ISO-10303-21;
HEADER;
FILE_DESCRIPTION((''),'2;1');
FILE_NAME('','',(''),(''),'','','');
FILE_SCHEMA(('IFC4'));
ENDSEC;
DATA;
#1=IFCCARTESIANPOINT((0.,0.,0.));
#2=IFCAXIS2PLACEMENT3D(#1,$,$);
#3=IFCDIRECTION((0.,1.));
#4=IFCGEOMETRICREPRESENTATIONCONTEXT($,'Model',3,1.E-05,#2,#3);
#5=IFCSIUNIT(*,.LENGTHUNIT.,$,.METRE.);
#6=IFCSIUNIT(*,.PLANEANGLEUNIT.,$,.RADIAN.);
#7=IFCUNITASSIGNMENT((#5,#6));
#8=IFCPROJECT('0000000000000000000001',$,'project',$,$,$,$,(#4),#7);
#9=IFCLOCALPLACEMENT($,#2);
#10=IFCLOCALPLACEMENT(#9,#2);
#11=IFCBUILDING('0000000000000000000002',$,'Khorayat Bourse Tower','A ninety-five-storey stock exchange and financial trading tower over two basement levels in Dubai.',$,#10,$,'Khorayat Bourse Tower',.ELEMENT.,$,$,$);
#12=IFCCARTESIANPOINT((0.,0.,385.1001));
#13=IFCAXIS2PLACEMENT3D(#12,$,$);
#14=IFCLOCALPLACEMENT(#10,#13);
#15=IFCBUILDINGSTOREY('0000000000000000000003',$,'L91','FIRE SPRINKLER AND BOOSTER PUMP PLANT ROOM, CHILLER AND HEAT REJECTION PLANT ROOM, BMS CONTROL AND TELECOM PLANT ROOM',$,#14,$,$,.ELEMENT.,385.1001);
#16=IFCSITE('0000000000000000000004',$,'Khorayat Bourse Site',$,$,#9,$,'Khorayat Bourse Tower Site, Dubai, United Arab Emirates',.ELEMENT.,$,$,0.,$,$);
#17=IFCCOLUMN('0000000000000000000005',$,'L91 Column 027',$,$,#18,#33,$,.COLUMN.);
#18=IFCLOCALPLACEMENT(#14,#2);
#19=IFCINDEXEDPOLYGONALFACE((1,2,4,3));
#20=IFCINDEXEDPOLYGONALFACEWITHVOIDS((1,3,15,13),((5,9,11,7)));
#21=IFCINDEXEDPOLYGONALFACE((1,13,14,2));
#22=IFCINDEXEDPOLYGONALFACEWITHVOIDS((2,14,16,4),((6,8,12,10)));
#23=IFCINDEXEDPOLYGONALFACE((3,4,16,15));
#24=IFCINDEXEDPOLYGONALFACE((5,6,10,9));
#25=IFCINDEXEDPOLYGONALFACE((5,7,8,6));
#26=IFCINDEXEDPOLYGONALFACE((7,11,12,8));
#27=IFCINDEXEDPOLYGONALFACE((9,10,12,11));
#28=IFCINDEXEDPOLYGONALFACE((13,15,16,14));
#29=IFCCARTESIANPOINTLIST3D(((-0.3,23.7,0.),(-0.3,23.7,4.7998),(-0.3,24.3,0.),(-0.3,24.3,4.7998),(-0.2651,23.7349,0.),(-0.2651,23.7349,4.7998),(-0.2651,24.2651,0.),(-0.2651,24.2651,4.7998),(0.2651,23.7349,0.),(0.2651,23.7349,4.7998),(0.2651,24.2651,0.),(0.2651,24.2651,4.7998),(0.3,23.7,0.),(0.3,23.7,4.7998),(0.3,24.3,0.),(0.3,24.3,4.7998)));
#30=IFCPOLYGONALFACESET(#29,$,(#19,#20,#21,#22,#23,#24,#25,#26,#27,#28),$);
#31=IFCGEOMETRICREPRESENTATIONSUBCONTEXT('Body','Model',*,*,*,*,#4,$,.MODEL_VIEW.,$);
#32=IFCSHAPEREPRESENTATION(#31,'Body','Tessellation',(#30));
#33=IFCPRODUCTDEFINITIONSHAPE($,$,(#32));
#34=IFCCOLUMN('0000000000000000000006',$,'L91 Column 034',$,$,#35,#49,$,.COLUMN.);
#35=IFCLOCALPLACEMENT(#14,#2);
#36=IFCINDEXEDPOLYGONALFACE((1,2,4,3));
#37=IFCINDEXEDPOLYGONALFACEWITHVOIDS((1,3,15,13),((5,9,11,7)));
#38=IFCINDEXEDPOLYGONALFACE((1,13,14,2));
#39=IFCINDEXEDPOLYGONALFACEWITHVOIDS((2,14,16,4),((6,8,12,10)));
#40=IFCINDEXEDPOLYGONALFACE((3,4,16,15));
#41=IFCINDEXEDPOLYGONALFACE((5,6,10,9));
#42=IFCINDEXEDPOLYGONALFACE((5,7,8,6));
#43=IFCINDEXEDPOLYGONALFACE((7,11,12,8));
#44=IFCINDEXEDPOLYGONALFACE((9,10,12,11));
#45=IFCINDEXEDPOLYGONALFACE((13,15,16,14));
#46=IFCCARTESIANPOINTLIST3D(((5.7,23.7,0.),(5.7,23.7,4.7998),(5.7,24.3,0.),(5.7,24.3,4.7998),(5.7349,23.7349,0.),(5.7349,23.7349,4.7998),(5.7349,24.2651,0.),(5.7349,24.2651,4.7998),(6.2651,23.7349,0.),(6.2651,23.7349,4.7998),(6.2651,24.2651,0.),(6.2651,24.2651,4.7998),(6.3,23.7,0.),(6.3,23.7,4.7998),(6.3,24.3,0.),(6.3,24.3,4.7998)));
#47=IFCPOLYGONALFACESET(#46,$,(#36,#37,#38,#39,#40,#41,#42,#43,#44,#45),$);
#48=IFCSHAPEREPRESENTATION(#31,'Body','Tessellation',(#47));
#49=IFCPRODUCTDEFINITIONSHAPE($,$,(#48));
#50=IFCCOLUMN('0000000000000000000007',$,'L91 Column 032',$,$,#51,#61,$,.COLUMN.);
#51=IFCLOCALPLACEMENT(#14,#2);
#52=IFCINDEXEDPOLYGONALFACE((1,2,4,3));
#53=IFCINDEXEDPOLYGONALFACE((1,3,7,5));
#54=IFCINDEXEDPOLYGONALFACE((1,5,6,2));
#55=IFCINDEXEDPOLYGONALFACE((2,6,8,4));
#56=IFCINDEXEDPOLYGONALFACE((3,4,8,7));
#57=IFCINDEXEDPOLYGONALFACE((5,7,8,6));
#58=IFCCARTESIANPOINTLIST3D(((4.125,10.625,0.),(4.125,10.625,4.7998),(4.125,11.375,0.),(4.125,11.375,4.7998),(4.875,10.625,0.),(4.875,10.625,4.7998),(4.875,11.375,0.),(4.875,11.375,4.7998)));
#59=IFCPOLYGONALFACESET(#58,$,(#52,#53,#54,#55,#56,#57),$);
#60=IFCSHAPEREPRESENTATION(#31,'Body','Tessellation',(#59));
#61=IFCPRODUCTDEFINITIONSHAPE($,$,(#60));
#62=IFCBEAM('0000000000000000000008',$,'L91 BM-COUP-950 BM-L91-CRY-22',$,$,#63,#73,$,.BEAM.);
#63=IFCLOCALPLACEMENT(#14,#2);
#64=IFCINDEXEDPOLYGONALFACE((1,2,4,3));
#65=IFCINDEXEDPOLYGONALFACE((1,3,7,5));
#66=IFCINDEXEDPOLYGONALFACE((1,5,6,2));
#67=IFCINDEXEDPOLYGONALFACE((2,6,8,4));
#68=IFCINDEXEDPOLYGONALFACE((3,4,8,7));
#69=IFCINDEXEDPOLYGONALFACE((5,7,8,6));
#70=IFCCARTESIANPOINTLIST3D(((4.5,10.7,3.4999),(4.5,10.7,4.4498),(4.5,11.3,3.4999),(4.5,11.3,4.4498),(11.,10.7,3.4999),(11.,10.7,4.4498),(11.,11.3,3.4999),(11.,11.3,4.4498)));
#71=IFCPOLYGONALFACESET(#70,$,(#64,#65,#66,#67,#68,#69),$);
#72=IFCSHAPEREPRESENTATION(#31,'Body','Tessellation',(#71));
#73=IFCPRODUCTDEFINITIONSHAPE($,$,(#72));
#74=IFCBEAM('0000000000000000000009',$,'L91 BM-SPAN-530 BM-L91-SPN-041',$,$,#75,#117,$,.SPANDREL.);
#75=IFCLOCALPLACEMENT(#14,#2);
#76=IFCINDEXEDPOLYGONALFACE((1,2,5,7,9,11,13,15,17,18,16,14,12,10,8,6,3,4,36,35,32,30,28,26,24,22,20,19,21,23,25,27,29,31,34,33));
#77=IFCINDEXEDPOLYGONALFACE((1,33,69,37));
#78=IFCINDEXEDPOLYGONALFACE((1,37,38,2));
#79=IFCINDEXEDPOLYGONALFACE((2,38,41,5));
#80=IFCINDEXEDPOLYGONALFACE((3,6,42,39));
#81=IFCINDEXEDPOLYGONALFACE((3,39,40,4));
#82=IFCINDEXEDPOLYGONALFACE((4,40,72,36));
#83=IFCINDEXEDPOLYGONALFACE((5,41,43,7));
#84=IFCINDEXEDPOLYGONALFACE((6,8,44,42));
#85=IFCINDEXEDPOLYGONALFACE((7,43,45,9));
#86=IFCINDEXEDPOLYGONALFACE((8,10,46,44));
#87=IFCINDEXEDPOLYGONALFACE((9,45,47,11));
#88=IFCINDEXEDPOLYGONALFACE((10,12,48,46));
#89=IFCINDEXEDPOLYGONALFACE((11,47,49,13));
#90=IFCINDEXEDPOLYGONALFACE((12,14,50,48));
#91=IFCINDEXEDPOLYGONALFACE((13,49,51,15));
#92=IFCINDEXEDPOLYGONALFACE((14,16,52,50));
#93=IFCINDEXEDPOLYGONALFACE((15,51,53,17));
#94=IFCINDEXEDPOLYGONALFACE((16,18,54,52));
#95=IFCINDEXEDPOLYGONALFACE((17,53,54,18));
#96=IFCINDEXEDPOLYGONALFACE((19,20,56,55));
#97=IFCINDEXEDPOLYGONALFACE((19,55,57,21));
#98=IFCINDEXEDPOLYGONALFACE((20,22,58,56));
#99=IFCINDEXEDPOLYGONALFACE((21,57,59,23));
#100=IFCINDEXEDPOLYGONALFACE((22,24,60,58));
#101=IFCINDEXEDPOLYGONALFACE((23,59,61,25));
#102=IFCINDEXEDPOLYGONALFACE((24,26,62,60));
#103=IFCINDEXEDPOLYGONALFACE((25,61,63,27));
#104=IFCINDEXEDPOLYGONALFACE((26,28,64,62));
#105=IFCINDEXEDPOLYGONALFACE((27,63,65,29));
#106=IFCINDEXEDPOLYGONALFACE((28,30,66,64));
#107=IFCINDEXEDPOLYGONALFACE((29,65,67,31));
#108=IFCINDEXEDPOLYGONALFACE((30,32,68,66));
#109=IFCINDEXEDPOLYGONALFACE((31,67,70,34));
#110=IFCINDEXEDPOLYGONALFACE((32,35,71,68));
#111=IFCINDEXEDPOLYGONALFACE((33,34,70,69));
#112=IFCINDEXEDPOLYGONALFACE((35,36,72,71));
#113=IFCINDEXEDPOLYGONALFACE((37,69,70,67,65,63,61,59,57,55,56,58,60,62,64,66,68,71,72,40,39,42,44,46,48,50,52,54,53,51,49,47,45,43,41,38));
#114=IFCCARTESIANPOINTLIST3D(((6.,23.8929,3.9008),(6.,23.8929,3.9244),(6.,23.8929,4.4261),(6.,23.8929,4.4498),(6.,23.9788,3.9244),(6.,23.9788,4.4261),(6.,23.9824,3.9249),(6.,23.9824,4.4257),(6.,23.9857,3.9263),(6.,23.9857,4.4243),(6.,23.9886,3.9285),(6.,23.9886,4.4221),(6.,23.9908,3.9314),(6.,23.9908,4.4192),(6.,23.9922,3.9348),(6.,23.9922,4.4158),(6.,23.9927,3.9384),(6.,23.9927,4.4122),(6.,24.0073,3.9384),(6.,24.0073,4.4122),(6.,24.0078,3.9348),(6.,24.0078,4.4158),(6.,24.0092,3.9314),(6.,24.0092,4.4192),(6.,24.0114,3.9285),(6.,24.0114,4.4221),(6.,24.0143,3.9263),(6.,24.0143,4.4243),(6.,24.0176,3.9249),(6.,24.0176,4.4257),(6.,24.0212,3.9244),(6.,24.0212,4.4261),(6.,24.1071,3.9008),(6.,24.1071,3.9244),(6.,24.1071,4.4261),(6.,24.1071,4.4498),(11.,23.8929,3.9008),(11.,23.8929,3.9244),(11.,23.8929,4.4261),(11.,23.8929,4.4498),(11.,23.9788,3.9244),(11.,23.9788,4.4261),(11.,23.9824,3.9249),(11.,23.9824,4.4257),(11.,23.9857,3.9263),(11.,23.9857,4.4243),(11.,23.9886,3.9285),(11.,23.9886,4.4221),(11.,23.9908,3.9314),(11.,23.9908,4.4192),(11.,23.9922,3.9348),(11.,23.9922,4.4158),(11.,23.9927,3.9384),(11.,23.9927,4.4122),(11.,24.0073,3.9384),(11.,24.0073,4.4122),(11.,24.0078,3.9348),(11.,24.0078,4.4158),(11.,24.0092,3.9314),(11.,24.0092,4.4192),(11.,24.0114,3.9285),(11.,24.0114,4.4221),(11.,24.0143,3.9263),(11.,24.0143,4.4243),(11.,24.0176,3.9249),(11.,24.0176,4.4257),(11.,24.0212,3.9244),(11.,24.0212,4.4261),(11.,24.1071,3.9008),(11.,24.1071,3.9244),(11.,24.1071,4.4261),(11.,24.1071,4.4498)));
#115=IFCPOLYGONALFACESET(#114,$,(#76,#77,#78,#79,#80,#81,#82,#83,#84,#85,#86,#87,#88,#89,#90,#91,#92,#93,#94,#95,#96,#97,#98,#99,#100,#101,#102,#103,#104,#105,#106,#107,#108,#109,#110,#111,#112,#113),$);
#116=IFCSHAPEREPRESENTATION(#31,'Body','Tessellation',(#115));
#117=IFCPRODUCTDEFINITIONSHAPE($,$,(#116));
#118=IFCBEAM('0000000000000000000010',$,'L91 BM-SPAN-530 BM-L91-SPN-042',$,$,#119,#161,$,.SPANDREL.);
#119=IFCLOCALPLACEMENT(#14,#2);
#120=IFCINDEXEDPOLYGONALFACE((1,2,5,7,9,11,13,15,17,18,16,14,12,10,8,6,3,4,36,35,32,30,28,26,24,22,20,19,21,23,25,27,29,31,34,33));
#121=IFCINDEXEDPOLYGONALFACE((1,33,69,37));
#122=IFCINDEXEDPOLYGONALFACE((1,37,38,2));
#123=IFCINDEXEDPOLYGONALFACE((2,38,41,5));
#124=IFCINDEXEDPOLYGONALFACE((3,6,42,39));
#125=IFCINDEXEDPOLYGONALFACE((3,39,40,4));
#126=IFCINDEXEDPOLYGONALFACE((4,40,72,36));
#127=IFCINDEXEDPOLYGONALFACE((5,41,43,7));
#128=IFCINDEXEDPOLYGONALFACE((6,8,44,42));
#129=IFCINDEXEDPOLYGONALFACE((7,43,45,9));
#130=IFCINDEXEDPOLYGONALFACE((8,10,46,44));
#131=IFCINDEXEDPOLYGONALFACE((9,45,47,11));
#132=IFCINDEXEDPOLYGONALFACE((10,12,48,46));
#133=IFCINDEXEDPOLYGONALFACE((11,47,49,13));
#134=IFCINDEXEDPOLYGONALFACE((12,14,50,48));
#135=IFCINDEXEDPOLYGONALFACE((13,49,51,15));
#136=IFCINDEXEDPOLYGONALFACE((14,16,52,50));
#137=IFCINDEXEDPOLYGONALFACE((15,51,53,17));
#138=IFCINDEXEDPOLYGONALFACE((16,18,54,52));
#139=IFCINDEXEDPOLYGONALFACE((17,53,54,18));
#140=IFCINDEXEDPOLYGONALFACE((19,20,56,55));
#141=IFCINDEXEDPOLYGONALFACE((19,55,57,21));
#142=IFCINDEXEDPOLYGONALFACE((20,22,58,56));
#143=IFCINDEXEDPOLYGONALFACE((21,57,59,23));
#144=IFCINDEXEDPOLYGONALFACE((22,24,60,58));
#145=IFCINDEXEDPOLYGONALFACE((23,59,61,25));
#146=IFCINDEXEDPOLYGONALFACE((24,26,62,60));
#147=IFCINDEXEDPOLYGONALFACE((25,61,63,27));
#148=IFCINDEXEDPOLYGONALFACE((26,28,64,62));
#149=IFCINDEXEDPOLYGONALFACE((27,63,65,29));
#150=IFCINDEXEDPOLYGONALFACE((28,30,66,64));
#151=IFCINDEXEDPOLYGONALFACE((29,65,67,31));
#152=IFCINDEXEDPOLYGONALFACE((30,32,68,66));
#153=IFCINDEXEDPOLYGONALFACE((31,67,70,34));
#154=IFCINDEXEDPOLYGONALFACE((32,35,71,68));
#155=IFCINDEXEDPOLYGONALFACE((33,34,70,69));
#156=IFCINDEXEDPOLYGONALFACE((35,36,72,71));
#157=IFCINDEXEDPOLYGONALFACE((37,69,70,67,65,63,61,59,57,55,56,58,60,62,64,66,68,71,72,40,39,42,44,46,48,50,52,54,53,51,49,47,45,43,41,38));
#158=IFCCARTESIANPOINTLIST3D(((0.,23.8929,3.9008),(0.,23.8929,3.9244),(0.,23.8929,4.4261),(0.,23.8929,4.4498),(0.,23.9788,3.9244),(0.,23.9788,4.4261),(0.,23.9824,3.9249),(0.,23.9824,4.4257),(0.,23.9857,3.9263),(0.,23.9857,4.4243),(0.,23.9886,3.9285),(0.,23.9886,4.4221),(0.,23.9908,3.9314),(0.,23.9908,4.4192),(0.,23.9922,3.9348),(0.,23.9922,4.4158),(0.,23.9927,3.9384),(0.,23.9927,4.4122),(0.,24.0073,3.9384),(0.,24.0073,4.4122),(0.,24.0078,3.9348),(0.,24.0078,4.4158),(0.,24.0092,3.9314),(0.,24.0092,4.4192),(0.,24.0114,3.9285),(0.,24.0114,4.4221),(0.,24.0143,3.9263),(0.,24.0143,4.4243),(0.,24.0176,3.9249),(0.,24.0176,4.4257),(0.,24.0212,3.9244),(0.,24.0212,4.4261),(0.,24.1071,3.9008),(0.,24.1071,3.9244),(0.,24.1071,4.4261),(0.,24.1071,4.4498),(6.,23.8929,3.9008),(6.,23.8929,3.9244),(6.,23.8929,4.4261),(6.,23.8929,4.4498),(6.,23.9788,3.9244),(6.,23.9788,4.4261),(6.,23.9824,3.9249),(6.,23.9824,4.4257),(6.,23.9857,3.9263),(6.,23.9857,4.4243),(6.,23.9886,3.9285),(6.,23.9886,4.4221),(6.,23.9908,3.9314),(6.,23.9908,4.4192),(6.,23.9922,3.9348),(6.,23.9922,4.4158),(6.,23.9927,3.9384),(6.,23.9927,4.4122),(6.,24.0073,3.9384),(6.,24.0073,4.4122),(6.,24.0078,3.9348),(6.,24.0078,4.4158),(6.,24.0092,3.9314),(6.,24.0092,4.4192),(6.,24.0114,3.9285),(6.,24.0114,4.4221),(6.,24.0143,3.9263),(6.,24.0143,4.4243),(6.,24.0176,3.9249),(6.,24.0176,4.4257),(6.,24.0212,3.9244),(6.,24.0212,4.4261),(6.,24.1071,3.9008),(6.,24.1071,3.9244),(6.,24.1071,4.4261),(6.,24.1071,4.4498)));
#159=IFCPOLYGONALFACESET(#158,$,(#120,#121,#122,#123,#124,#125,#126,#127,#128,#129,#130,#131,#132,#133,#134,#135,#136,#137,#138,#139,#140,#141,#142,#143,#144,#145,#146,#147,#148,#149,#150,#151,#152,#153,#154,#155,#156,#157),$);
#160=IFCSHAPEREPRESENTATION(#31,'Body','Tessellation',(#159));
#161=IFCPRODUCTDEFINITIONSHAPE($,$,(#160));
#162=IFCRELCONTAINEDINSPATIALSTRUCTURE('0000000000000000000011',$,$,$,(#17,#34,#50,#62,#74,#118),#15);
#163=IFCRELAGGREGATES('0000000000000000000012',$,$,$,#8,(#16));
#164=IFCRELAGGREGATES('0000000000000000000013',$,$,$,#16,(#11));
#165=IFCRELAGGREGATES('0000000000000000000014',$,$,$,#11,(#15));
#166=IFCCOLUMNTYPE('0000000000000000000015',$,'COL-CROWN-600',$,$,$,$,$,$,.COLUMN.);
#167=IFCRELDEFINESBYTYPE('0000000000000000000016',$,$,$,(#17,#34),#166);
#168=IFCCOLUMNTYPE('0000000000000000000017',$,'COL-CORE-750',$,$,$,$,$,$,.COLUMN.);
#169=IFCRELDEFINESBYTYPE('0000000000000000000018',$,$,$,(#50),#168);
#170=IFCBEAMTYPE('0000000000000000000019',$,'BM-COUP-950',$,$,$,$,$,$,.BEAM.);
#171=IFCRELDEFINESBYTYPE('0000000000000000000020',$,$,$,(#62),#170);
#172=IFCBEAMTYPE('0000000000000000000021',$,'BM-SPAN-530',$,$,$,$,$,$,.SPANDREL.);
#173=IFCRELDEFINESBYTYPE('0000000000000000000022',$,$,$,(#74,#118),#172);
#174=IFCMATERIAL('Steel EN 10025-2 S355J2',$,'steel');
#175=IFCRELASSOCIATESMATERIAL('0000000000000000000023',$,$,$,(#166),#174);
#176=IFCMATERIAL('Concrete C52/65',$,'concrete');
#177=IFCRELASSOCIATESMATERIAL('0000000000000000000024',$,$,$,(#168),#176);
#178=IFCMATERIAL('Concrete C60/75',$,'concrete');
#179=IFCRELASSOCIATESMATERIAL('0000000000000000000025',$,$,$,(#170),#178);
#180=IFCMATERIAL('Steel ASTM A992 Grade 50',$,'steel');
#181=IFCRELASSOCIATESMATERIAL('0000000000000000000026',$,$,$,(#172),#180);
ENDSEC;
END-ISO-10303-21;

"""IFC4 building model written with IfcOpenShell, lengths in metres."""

from ifc_helpers import new_model, si_unit, direction, frame, origin, origin_2d, place, context, subcontext, project, spatial, rectangle, hollow_rectangle, i_section, extrude, source, transform, mapped, material, material_profile, profile_set, type_object, element, save


model = new_model("IFC4")

# Units and contexts
model_context = context("Model", 3, precision=1e-05, world=origin(), true_north=direction((0.0, 1.0)))
body_context = subcontext(model_context, "Body", "Model", "MODEL_VIEW")
ifc_project = project(units=[si_unit("LENGTHUNIT", "METRE"), si_unit("PLANEANGLEUNIT", "RADIAN")], contexts=[model_context])

# Site, building, storey
site_placement = place(None, origin())
site = spatial("IfcSite", under=ifc_project, at=site_placement, Name="Khorayat Bourse Site", LongName="Khorayat Bourse Tower Site, Dubai, United Arab Emirates", CompositionType="ELEMENT", RefElevation=0.0)
building_placement = place(site_placement, origin())
building = spatial("IfcBuilding", under=site, at=building_placement, Name="Khorayat Bourse Tower", Description="A ninety-five-storey stock exchange and financial trading tower over two basement levels in Dubai.", LongName="Khorayat Bourse Tower", CompositionType="ELEMENT")
storey_placement = place(building_placement, frame((0.0, 0.0, 385.1001)))
storey = spatial("IfcBuildingStorey", under=building, at=storey_placement, Name="L91", Description="FIRE SPRINKLER AND BOOSTER PUMP PLANT ROOM, CHILLER AND HEAT REJECTION PLANT ROOM, BMS CONTROL AND TELECOM PLANT ROOM", CompositionType="ELEMENT", Elevation=385.1001)

# Columns
ifc_material_1 = material(Name="Steel EN 10025-2 S355J2", Category="steel")
ifc_material_profile_1 = material_profile(ifc_material_1, hollow_rectangle(XDim=0.6001, YDim=0.6001, WallThickness=0.0349, at=origin_2d()), Name="BOX 600x600x35")
ifc_profile_set_1 = profile_set([ifc_material_profile_1], Name="Steel EN 10025-2 S355J2")
column_type_1 = type_object("IfcColumnType", Name="COL-CROWN-600", PredefinedType="COLUMN", material=ifc_profile_set_1)
shared_shape_1 = source(origin(), body_context, "Body", "SweptSolid", [
    extrude(hollow_rectangle(XDim=0.6001, YDim=0.6001, WallThickness=0.0349, at=origin_2d()), origin(), (0.0, 0.0, 1.0), 4.7998),
])
for number, where, z_axis, x_axis, name in (
    (1, (0.0, 24.0, 0.0), (0.0, 0.0, 1.0), (1.0, 0.0, 0.0), "L91 Column 027"),
    (2, (6.0, 24.0, 0.0), (0.0, 0.0, 1.0), (1.0, 0.0, 0.0), "L91 Column 034"),
):
    element("IfcColumn", number, at=place(storey_placement, frame(where, z_axis=z_axis, x_axis=x_axis)), inside=storey, type_object=column_type_1, Name=name, PredefinedType="COLUMN", context=body_context, shape_type="MappedRepresentation", body=[
        mapped(shared_shape_1, transform((0.0, 0.0, 0.0), scale=1.0)),
    ])
ifc_material_2 = material(Name="Concrete C52/65", Category="concrete")
ifc_material_profile_2 = material_profile(ifc_material_2, rectangle(XDim=0.75, YDim=0.75, at=origin_2d()), Name="RC 750x750")
ifc_profile_set_2 = profile_set([ifc_material_profile_2], Name="Concrete C52/65")
column_type_2 = type_object("IfcColumnType", Name="COL-CORE-750", PredefinedType="COLUMN", material=ifc_profile_set_2)
shared_shape_2 = source(origin(), body_context, "Body", "SweptSolid", [
    extrude(rectangle(XDim=0.75, YDim=0.75, at=origin_2d()), origin(), (0.0, 0.0, 1.0), 4.7998),
])
column_placement = place(storey_placement, frame((4.5, 11.0, 0.0), z_axis=(0.0, 0.0, 1.0), x_axis=(1.0, 0.0, 0.0)))
element("IfcColumn", 3, at=column_placement, inside=storey, type_object=column_type_2, Name="L91 Column 032", PredefinedType="COLUMN", context=body_context, shape_type="MappedRepresentation", body=[
    mapped(shared_shape_2, transform((0.0, 0.0, 0.0), scale=1.0)),
])

# Beams
ifc_material_3 = material(Name="Concrete C60/75", Category="concrete")
ifc_material_profile_3 = material_profile(ifc_material_3, rectangle(XDim=0.6001, YDim=0.95, at=origin_2d()), Name="RC 600x950")
ifc_profile_set_3 = profile_set([ifc_material_profile_3], Name="Concrete C60/75")
beam_type_1 = type_object("IfcBeamType", Name="BM-COUP-950", PredefinedType="BEAM", material=ifc_profile_set_3)
shared_shape_3 = source(origin(), body_context, "Body", "SweptSolid", [
    extrude(rectangle(XDim=0.6001, YDim=0.95, at=origin_2d()), origin(), (0.0, 0.0, 1.0), 6.5),
])
beam_1_placement = place(storey_placement, frame((4.5, 11.0, 3.9749), z_axis=(1.0, 0.0, 0.0), x_axis=(0.0, 1.0, 0.0)))
element("IfcBeam", 4, at=beam_1_placement, inside=storey, type_object=beam_type_1, Name="L91 BM-COUP-950 BM-L91-CRY-22", PredefinedType="BEAM", context=body_context, shape_type="MappedRepresentation", body=[
    mapped(shared_shape_3, transform((0.0, 0.0, 0.0), scale=1.0)),
])
ifc_material_4 = material(Name="Steel ASTM A992 Grade 50", Category="steel")
ifc_material_profile_4 = material_profile(ifc_material_4, i_section(OverallWidth=0.2141, OverallDepth=0.5491, WebThickness=0.0146, FlangeThickness=0.0237, FilletRadius=0.0139, at=origin_2d()), Name="W530X138")
ifc_profile_set_4 = profile_set([ifc_material_profile_4], Name="Steel ASTM A992 Grade 50")
beam_type_2 = type_object("IfcBeamType", Name="BM-SPAN-530", PredefinedType="SPANDREL", material=ifc_profile_set_4)
shared_shape_4 = source(origin(), body_context, "Body", "SweptSolid", [
    extrude(i_section(OverallWidth=0.2141, OverallDepth=0.5491, WebThickness=0.0146, FlangeThickness=0.0237, FilletRadius=0.0139, at=origin_2d()), origin(), (0.0, 0.0, 1.0), 5.0),
])
beam_2_placement = place(storey_placement, frame((6.0, 24.0, 4.1753), z_axis=(1.0, 0.0, 0.0), x_axis=(0.0, 1.0, 0.0)))
element("IfcBeam", 5, at=beam_2_placement, inside=storey, type_object=beam_type_2, Name="L91 BM-SPAN-530 BM-L91-SPN-041", PredefinedType="SPANDREL", context=body_context, shape_type="MappedRepresentation", body=[
    mapped(shared_shape_4, transform((0.0, 0.0, 0.0), scale=1.0)),
])
shared_shape_5 = source(origin(), body_context, "Body", "SweptSolid", [
    extrude(i_section(OverallWidth=0.2141, OverallDepth=0.5491, WebThickness=0.0146, FlangeThickness=0.0237, FilletRadius=0.0139, at=origin_2d()), origin(), (0.0, 0.0, 1.0), 6.0),
])
beam_3_placement = place(storey_placement, frame((0.0, 24.0, 4.1753), z_axis=(1.0, 0.0, 0.0), x_axis=(0.0, 1.0, 0.0)))
element("IfcBeam", 6, at=beam_3_placement, inside=storey, type_object=beam_type_2, Name="L91 BM-SPAN-530 BM-L91-SPN-042", PredefinedType="SPANDREL", context=body_context, shape_type="MappedRepresentation", body=[
    mapped(shared_shape_5, transform((0.0, 0.0, 0.0), scale=1.0)),
])

save(model, "model.ifc")
